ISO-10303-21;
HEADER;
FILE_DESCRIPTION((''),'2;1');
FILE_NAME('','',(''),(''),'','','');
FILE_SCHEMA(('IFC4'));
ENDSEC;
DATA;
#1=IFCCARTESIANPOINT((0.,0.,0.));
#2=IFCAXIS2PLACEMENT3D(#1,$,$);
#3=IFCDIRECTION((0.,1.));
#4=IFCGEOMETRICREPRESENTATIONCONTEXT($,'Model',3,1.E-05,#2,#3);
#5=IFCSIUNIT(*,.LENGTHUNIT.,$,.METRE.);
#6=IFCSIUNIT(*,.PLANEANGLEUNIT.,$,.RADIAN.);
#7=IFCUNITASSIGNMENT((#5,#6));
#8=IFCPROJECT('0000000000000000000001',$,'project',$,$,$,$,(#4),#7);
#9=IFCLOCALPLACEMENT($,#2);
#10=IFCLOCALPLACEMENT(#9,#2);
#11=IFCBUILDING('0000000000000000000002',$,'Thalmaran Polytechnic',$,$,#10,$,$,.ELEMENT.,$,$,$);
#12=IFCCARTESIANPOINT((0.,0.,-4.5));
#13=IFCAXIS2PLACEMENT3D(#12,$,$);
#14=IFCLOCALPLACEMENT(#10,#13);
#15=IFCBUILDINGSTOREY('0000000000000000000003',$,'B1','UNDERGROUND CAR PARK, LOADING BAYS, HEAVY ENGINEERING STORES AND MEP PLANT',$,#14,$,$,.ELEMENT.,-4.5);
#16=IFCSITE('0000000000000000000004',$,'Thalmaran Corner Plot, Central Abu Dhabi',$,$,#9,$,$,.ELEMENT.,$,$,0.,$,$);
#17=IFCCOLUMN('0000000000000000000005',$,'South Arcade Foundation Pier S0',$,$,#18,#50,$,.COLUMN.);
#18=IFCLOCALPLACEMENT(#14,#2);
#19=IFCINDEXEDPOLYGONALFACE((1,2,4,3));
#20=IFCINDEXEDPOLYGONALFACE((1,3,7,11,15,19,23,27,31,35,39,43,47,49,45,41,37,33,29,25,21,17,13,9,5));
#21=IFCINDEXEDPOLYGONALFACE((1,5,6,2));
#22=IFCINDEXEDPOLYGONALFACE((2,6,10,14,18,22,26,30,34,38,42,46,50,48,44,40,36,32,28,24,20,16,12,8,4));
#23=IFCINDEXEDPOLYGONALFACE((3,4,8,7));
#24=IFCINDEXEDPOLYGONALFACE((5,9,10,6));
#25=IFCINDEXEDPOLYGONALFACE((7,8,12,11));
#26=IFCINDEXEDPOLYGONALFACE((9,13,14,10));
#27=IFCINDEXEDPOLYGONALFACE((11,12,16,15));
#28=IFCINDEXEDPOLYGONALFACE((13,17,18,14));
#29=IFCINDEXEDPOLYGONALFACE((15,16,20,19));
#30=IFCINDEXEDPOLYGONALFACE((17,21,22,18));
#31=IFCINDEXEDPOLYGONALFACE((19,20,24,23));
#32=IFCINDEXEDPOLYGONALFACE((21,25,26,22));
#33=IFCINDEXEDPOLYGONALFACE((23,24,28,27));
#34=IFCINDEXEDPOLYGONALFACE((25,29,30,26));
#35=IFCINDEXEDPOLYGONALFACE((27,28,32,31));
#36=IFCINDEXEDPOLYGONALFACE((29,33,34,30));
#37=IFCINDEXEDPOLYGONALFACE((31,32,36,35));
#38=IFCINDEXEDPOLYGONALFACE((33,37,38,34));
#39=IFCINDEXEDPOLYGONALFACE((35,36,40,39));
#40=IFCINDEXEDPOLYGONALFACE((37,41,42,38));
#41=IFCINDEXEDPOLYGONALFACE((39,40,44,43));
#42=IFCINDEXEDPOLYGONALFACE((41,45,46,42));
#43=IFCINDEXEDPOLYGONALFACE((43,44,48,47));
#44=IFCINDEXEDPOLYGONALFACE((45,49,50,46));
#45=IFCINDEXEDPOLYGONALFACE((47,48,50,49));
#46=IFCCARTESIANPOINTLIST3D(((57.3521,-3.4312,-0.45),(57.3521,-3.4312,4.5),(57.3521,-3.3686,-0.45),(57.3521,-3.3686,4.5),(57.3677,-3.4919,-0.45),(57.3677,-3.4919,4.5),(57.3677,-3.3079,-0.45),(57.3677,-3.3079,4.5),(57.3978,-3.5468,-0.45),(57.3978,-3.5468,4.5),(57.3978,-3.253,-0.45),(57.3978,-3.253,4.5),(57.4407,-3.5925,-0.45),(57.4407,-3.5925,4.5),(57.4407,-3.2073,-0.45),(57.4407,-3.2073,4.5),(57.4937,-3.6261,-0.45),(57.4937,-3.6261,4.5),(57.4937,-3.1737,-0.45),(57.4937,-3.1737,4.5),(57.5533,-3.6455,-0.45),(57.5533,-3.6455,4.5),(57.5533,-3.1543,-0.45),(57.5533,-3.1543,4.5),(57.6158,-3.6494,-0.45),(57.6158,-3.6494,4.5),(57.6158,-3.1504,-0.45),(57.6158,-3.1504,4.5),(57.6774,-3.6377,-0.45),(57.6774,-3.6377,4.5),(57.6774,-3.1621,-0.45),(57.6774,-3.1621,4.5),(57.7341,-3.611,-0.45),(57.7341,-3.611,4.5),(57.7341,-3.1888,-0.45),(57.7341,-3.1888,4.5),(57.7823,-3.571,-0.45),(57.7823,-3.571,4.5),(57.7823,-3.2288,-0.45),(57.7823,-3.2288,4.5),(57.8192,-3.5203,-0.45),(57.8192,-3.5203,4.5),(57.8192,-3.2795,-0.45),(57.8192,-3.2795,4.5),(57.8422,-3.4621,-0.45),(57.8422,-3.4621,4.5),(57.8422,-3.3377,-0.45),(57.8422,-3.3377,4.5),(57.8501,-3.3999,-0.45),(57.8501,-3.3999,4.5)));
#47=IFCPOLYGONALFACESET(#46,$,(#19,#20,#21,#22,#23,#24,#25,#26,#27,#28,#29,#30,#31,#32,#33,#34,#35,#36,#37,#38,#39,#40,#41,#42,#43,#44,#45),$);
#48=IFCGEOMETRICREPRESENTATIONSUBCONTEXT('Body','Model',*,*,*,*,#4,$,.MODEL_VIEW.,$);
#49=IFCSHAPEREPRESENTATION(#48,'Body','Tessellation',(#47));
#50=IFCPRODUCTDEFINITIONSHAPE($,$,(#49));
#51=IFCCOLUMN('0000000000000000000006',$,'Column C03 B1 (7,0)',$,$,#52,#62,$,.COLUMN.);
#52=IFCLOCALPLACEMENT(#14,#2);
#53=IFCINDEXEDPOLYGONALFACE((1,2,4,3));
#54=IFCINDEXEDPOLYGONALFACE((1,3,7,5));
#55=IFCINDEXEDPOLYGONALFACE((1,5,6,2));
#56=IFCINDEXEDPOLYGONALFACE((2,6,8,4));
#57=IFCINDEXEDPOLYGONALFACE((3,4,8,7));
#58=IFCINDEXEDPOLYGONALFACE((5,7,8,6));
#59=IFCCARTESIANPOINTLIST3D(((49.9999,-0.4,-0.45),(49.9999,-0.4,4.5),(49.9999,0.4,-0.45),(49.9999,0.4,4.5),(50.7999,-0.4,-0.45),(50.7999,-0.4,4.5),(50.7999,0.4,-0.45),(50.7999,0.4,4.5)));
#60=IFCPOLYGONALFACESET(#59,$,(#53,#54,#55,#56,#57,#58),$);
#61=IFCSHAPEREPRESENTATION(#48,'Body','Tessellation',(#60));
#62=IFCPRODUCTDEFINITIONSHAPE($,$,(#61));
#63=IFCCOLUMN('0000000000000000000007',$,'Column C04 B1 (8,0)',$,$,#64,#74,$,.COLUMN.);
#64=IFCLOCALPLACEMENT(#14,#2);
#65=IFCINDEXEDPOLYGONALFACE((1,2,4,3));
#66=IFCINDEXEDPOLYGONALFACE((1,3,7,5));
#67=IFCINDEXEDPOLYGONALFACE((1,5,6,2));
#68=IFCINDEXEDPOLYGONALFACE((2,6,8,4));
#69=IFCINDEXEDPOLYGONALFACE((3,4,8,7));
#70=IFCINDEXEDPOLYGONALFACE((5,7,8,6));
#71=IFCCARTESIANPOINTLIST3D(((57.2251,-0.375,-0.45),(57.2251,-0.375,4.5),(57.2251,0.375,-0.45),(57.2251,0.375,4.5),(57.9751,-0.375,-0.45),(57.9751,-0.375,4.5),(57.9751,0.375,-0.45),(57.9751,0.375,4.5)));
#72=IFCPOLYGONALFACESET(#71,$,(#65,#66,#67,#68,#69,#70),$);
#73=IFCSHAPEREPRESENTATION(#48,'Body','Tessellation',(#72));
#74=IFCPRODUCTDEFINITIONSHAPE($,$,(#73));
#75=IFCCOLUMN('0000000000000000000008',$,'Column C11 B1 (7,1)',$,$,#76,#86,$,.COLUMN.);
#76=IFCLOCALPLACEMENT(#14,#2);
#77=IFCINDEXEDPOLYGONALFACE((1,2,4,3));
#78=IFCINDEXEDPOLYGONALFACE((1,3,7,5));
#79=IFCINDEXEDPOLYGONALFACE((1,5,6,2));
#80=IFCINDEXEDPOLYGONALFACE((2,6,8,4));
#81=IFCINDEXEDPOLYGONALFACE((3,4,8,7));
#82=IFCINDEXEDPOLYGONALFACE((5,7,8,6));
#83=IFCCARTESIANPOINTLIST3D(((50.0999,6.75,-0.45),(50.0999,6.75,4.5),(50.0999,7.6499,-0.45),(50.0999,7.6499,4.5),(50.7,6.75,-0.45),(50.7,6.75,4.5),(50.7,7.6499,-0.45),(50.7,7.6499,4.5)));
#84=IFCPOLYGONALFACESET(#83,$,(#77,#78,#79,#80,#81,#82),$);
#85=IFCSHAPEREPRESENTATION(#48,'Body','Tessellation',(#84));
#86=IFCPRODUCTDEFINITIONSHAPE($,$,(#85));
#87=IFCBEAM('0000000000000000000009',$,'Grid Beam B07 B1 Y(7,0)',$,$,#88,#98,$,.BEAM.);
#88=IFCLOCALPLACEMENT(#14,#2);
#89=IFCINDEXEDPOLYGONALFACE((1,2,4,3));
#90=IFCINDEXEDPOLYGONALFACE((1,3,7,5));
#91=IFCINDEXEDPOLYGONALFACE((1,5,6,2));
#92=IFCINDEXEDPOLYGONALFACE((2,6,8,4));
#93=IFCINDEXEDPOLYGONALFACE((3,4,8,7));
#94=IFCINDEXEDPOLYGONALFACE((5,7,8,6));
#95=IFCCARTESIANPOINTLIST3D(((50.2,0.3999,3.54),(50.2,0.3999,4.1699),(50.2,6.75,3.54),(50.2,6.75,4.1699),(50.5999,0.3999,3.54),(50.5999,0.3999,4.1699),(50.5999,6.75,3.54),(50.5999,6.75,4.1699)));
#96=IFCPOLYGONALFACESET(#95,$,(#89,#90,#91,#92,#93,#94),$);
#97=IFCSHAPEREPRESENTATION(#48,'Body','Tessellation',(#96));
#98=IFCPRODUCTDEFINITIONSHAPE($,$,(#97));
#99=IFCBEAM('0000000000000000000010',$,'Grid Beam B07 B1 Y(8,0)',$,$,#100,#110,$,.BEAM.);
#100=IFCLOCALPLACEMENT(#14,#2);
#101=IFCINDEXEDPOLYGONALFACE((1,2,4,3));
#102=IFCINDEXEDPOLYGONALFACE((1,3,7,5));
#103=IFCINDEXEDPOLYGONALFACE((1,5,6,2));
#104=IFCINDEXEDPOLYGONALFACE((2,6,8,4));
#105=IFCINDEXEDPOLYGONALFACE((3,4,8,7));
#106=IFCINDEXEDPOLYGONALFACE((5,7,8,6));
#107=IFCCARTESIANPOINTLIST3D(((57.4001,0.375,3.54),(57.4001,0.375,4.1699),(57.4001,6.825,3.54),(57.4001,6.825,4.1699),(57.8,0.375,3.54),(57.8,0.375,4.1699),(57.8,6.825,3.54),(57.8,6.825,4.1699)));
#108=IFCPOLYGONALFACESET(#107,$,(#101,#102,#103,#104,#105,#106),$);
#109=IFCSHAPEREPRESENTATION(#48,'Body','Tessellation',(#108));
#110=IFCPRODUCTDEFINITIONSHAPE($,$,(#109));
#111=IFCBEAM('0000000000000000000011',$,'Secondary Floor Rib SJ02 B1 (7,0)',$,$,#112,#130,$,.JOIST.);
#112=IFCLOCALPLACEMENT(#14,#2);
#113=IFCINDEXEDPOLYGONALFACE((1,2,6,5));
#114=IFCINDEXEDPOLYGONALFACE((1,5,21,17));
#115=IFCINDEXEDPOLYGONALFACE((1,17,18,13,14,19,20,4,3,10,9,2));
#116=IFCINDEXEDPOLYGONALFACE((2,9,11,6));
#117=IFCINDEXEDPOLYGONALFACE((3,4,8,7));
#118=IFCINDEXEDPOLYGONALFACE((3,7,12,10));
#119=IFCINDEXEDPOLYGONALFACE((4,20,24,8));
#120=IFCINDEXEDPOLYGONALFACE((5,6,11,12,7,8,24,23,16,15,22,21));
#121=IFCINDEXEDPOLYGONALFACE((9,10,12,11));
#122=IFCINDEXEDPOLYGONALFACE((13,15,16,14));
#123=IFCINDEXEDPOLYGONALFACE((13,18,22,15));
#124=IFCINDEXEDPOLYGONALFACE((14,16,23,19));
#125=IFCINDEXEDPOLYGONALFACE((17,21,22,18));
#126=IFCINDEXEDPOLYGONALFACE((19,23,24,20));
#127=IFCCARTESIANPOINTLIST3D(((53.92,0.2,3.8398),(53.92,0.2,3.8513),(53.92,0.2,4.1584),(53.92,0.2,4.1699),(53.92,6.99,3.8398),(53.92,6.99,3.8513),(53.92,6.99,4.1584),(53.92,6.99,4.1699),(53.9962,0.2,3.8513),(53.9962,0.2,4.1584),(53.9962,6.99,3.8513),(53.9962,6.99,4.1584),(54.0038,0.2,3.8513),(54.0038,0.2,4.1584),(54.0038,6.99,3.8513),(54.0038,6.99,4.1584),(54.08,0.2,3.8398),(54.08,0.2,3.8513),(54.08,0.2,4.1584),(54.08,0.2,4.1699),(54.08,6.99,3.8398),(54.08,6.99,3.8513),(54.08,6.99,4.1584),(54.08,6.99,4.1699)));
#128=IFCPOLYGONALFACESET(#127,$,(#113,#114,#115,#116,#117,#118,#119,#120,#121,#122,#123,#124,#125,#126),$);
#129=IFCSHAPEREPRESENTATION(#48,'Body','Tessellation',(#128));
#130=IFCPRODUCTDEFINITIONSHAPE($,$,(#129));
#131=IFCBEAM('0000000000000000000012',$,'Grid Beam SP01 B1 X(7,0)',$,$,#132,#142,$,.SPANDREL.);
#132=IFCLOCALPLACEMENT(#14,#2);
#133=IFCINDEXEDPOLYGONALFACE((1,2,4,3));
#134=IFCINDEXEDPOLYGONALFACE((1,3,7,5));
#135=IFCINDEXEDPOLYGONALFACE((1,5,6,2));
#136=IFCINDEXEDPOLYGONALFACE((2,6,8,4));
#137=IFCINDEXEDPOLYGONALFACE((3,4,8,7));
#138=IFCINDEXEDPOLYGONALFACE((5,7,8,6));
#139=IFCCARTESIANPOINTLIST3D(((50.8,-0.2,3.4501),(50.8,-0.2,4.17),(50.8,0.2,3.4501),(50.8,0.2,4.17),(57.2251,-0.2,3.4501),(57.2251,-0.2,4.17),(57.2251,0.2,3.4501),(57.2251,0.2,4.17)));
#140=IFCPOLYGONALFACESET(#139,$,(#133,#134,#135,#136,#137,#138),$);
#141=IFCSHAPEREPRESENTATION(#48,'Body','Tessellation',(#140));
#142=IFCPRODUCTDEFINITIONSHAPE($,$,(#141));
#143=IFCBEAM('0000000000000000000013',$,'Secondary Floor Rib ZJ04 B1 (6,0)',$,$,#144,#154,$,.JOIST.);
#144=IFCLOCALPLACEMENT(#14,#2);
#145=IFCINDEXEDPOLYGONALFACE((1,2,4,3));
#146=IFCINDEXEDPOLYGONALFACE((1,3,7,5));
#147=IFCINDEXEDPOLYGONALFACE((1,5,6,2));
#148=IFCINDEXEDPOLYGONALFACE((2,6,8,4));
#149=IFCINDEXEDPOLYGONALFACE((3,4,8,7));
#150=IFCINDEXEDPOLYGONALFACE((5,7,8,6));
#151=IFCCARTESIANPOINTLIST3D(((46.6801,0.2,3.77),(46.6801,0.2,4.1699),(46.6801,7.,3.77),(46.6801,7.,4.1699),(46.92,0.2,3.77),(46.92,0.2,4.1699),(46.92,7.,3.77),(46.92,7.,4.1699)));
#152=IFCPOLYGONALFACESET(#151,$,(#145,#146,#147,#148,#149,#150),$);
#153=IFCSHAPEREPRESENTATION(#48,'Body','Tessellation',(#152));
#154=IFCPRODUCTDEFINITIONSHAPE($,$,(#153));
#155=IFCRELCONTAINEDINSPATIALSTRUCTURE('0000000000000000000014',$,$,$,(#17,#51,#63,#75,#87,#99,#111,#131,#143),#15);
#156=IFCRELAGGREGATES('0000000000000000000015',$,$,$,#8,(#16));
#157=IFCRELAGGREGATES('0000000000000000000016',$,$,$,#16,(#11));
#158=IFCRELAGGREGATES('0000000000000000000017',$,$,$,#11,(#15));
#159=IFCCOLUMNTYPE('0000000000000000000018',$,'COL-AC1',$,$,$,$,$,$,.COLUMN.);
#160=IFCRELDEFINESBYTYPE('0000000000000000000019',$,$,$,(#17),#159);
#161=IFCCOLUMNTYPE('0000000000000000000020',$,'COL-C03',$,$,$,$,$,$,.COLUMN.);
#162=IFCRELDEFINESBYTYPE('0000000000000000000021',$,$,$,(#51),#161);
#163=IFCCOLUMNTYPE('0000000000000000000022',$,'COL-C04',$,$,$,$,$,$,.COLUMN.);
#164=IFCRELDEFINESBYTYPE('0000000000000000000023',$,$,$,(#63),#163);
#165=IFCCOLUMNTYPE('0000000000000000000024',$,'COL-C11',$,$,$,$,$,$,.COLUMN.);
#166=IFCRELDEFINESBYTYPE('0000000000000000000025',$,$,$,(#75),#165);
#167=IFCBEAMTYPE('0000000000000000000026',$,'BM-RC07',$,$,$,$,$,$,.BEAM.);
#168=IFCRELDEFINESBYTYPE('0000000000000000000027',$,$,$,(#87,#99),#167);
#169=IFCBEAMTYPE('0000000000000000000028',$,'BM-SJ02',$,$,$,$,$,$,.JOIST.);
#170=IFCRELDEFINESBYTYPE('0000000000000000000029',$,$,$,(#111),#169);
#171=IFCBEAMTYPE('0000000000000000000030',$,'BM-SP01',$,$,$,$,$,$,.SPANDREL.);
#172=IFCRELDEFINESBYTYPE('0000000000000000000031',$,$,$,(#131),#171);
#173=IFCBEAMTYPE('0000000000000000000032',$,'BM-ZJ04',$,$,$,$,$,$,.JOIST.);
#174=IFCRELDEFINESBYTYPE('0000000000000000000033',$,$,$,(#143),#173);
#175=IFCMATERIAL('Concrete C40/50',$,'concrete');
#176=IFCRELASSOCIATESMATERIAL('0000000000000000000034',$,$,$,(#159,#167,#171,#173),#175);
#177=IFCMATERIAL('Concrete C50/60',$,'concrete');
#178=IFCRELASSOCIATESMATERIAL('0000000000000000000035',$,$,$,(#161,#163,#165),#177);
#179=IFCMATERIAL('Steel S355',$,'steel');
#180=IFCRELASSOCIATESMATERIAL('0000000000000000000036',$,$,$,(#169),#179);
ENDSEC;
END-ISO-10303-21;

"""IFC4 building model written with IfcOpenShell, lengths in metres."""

from ifc_helpers import new_model, si_unit, direction, frame, origin, origin_2d, place, context, subcontext, project, spatial, rectangle, circle, i_section, extrude, material, material_profile, profile_set, type_object, element, save


model = new_model("IFC4")

# Units and contexts
model_context = context("Model", 3, precision=1e-05, world=origin(), true_north=direction((0.0, 1.0)))
body_context = subcontext(model_context, "Body", "Model", "MODEL_VIEW")
ifc_project = project(units=[si_unit("LENGTHUNIT", "METRE"), si_unit("PLANEANGLEUNIT", "RADIAN")], contexts=[model_context])

# Site, building, storey
site_placement = place(None, origin())
site = spatial("IfcSite", under=ifc_project, at=site_placement, Name="Thalmaran Corner Plot, Central Abu Dhabi", CompositionType="ELEMENT", RefElevation=0.0)
building_placement = place(site_placement, origin())
building = spatial("IfcBuilding", under=site, at=building_placement, Name="Thalmaran Polytechnic", CompositionType="ELEMENT")
storey_placement = place(building_placement, frame((0.0, 0.0, -4.5)))
storey = spatial("IfcBuildingStorey", under=building, at=storey_placement, Name="B1", Description="UNDERGROUND CAR PARK, LOADING BAYS, HEAVY ENGINEERING STORES AND MEP PLANT", CompositionType="ELEMENT", Elevation=-4.5)

# Shared definitions
ifc_material_1 = material(Name="Concrete C40/50", Category="concrete")

# Columns
ifc_material_profile_1 = material_profile(ifc_material_1, circle(Radius=0.25, at=origin_2d()), Name="RC 500 DIA")
ifc_profile_set_1 = profile_set([ifc_material_profile_1], Name="Concrete C40/50")
column_type_1 = type_object("IfcColumnType", Name="COL-AC1", PredefinedType="COLUMN", material=ifc_profile_set_1)
column_1_placement = place(storey_placement, frame((57.6001, -3.3999, -0.45), z_axis=(0.0, 0.0, 1.0), x_axis=(1.0, 0.0, 0.0)))
element("IfcColumn", 1, at=column_1_placement, inside=storey, type_object=column_type_1, Name="South Arcade Foundation Pier S0", PredefinedType="COLUMN", context=body_context, shape_type="SweptSolid", body=[
    extrude(circle(Radius=0.25, at=origin_2d()), origin(), (0.0, 0.0, 1.0), 4.95),
])
ifc_material_2 = material(Name="Concrete C50/60", Category="concrete")
ifc_material_profile_2 = material_profile(ifc_material_2, rectangle(XDim=0.8, YDim=0.8, at=origin_2d()), Name="RC 800x800")
ifc_profile_set_2 = profile_set([ifc_material_profile_2], Name="Concrete C50/60")
column_type_2 = type_object("IfcColumnType", Name="COL-C03", PredefinedType="COLUMN", material=ifc_profile_set_2)
column_2_placement = place(storey_placement, frame((50.3999, 0.0, -0.45), z_axis=(0.0, 0.0, 1.0), x_axis=(1.0, 0.0, 0.0)))
element("IfcColumn", 2, at=column_2_placement, inside=storey, type_object=column_type_2, Name="Column C03 B1 (7,0)", PredefinedType="COLUMN", context=body_context, shape_type="SweptSolid", body=[
    extrude(rectangle(XDim=0.8, YDim=0.8, at=origin_2d()), origin(), (0.0, 0.0, 1.0), 4.95),
])
ifc_material_profile_3 = material_profile(ifc_material_2, rectangle(XDim=0.75, YDim=0.75, at=origin_2d()), Name="RC 750x750")
ifc_profile_set_3 = profile_set([ifc_material_profile_3], Name="Concrete C50/60")
column_type_3 = type_object("IfcColumnType", Name="COL-C04", PredefinedType="COLUMN", material=ifc_profile_set_3)
column_3_placement = place(storey_placement, frame((57.6001, 0.0, -0.45), z_axis=(0.0, 0.0, 1.0), x_axis=(1.0, 0.0, 0.0)))
element("IfcColumn", 3, at=column_3_placement, inside=storey, type_object=column_type_3, Name="Column C04 B1 (8,0)", PredefinedType="COLUMN", context=body_context, shape_type="SweptSolid", body=[
    extrude(rectangle(XDim=0.75, YDim=0.75, at=origin_2d()), origin(), (0.0, 0.0, 1.0), 4.95),
])
ifc_material_profile_4 = material_profile(ifc_material_2, rectangle(XDim=0.6001, YDim=0.8999, at=origin_2d()), Name="RC 600x900")
ifc_profile_set_4 = profile_set([ifc_material_profile_4], Name="Concrete C50/60")
column_type_4 = type_object("IfcColumnType", Name="COL-C11", PredefinedType="COLUMN", material=ifc_profile_set_4)
column_4_placement = place(storey_placement, frame((50.3999, 7.2, -0.45), z_axis=(0.0, 0.0, 1.0), x_axis=(1.0, 0.0, 0.0)))
element("IfcColumn", 4, at=column_4_placement, inside=storey, type_object=column_type_4, Name="Column C11 B1 (7,1)", PredefinedType="COLUMN", context=body_context, shape_type="SweptSolid", body=[
    extrude(rectangle(XDim=0.6001, YDim=0.8999, at=origin_2d()), origin(), (0.0, 0.0, 1.0), 4.95),
])

# Beams
ifc_material_profile_5 = material_profile(ifc_material_1, rectangle(XDim=0.3999, YDim=0.6299, at=origin_2d()), Name="RC 400x630")
ifc_profile_set_5 = profile_set([ifc_material_profile_5], Name="Concrete C40/50")
beam_type_1 = type_object("IfcBeamType", Name="BM-RC07", PredefinedType="BEAM", material=ifc_profile_set_5)
beam_1_placement = place(storey_placement, frame((50.3999, 0.3999, 3.855), z_axis=(0.0, 1.0, 0.0), x_axis=(-1.0, 0.0, 0.0)))
element("IfcBeam", 5, at=beam_1_placement, inside=storey, type_object=beam_type_1, Name="Grid Beam B07 B1 Y(7,0)", PredefinedType="BEAM", context=body_context, shape_type="SweptSolid", body=[
    extrude(rectangle(XDim=0.3999, YDim=0.6299, at=origin_2d()), origin(), (0.0, 0.0, 1.0), 6.3501),
])
beam_2_placement = place(storey_placement, frame((57.6001, 0.375, 3.855), z_axis=(0.0, 1.0, 0.0), x_axis=(-1.0, 0.0, 0.0)))
element("IfcBeam", 6, at=beam_2_placement, inside=storey, type_object=beam_type_1, Name="Grid Beam B07 B1 Y(8,0)", PredefinedType="BEAM", context=body_context, shape_type="SweptSolid", body=[
    extrude(rectangle(XDim=0.3999, YDim=0.6299, at=origin_2d()), origin(), (0.0, 0.0, 1.0), 6.45),
])
ifc_material_3 = material(Name="Steel S355", Category="steel")
ifc_material_profile_6 = material_profile(ifc_material_3, i_section(OverallWidth=0.1599, OverallDepth=0.3301, WebThickness=0.0076, FlangeThickness=0.0115, at=origin_2d()), Name="IPE 330")
ifc_profile_set_6 = profile_set([ifc_material_profile_6], Name="Steel S355")
beam_type_2 = type_object("IfcBeamType", Name="BM-SJ02", PredefinedType="JOIST", material=ifc_profile_set_6)
beam_3_placement = place(storey_placement, frame((54.0, 0.2, 4.0049), z_axis=(0.0, 1.0, 0.0), x_axis=(-1.0, 0.0, 0.0)))
element("IfcBeam", 7, at=beam_3_placement, inside=storey, type_object=beam_type_2, Name="Secondary Floor Rib SJ02 B1 (7,0)", PredefinedType="JOIST", context=body_context, shape_type="SweptSolid", body=[
    extrude(i_section(OverallWidth=0.1599, OverallDepth=0.3301, WebThickness=0.0076, FlangeThickness=0.0115, at=origin_2d()), origin(), (0.0, 0.0, 1.0), 6.79),
])
ifc_material_profile_7 = material_profile(ifc_material_1, rectangle(XDim=0.3999, YDim=0.72, at=origin_2d()), Name="RC 400x720")
ifc_profile_set_7 = profile_set([ifc_material_profile_7], Name="Concrete C40/50")
beam_type_3 = type_object("IfcBeamType", Name="BM-SP01", PredefinedType="SPANDREL", material=ifc_profile_set_7)
beam_4_placement = place(storey_placement, frame((50.8, 0.0, 3.8101), z_axis=(1.0, 0.0, 0.0), x_axis=(0.0, 1.0, 0.0)))
element("IfcBeam", 8, at=beam_4_placement, inside=storey, type_object=beam_type_3, Name="Grid Beam SP01 B1 X(7,0)", PredefinedType="SPANDREL", context=body_context, shape_type="SweptSolid", body=[
    extrude(rectangle(XDim=0.3999, YDim=0.72, at=origin_2d()), origin(), (0.0, 0.0, 1.0), 6.425),
])
ifc_material_profile_8 = material_profile(ifc_material_1, rectangle(XDim=0.24, YDim=0.3999, at=origin_2d()), Name="RC 240x400")
ifc_profile_set_8 = profile_set([ifc_material_profile_8], Name="Concrete C40/50")
beam_type_4 = type_object("IfcBeamType", Name="BM-ZJ04", PredefinedType="JOIST", material=ifc_profile_set_8)
beam_5_placement = place(storey_placement, frame((46.8, 0.2, 3.97), z_axis=(0.0, 1.0, 0.0), x_axis=(-1.0, 0.0, 0.0)))
element("IfcBeam", 9, at=beam_5_placement, inside=storey, type_object=beam_type_4, Name="Secondary Floor Rib ZJ04 B1 (6,0)", PredefinedType="JOIST", context=body_context, shape_type="SweptSolid", body=[
    extrude(rectangle(XDim=0.24, YDim=0.3999, at=origin_2d()), origin(), (0.0, 0.0, 1.0), 6.8),
])

save(model, "model.ifc")
